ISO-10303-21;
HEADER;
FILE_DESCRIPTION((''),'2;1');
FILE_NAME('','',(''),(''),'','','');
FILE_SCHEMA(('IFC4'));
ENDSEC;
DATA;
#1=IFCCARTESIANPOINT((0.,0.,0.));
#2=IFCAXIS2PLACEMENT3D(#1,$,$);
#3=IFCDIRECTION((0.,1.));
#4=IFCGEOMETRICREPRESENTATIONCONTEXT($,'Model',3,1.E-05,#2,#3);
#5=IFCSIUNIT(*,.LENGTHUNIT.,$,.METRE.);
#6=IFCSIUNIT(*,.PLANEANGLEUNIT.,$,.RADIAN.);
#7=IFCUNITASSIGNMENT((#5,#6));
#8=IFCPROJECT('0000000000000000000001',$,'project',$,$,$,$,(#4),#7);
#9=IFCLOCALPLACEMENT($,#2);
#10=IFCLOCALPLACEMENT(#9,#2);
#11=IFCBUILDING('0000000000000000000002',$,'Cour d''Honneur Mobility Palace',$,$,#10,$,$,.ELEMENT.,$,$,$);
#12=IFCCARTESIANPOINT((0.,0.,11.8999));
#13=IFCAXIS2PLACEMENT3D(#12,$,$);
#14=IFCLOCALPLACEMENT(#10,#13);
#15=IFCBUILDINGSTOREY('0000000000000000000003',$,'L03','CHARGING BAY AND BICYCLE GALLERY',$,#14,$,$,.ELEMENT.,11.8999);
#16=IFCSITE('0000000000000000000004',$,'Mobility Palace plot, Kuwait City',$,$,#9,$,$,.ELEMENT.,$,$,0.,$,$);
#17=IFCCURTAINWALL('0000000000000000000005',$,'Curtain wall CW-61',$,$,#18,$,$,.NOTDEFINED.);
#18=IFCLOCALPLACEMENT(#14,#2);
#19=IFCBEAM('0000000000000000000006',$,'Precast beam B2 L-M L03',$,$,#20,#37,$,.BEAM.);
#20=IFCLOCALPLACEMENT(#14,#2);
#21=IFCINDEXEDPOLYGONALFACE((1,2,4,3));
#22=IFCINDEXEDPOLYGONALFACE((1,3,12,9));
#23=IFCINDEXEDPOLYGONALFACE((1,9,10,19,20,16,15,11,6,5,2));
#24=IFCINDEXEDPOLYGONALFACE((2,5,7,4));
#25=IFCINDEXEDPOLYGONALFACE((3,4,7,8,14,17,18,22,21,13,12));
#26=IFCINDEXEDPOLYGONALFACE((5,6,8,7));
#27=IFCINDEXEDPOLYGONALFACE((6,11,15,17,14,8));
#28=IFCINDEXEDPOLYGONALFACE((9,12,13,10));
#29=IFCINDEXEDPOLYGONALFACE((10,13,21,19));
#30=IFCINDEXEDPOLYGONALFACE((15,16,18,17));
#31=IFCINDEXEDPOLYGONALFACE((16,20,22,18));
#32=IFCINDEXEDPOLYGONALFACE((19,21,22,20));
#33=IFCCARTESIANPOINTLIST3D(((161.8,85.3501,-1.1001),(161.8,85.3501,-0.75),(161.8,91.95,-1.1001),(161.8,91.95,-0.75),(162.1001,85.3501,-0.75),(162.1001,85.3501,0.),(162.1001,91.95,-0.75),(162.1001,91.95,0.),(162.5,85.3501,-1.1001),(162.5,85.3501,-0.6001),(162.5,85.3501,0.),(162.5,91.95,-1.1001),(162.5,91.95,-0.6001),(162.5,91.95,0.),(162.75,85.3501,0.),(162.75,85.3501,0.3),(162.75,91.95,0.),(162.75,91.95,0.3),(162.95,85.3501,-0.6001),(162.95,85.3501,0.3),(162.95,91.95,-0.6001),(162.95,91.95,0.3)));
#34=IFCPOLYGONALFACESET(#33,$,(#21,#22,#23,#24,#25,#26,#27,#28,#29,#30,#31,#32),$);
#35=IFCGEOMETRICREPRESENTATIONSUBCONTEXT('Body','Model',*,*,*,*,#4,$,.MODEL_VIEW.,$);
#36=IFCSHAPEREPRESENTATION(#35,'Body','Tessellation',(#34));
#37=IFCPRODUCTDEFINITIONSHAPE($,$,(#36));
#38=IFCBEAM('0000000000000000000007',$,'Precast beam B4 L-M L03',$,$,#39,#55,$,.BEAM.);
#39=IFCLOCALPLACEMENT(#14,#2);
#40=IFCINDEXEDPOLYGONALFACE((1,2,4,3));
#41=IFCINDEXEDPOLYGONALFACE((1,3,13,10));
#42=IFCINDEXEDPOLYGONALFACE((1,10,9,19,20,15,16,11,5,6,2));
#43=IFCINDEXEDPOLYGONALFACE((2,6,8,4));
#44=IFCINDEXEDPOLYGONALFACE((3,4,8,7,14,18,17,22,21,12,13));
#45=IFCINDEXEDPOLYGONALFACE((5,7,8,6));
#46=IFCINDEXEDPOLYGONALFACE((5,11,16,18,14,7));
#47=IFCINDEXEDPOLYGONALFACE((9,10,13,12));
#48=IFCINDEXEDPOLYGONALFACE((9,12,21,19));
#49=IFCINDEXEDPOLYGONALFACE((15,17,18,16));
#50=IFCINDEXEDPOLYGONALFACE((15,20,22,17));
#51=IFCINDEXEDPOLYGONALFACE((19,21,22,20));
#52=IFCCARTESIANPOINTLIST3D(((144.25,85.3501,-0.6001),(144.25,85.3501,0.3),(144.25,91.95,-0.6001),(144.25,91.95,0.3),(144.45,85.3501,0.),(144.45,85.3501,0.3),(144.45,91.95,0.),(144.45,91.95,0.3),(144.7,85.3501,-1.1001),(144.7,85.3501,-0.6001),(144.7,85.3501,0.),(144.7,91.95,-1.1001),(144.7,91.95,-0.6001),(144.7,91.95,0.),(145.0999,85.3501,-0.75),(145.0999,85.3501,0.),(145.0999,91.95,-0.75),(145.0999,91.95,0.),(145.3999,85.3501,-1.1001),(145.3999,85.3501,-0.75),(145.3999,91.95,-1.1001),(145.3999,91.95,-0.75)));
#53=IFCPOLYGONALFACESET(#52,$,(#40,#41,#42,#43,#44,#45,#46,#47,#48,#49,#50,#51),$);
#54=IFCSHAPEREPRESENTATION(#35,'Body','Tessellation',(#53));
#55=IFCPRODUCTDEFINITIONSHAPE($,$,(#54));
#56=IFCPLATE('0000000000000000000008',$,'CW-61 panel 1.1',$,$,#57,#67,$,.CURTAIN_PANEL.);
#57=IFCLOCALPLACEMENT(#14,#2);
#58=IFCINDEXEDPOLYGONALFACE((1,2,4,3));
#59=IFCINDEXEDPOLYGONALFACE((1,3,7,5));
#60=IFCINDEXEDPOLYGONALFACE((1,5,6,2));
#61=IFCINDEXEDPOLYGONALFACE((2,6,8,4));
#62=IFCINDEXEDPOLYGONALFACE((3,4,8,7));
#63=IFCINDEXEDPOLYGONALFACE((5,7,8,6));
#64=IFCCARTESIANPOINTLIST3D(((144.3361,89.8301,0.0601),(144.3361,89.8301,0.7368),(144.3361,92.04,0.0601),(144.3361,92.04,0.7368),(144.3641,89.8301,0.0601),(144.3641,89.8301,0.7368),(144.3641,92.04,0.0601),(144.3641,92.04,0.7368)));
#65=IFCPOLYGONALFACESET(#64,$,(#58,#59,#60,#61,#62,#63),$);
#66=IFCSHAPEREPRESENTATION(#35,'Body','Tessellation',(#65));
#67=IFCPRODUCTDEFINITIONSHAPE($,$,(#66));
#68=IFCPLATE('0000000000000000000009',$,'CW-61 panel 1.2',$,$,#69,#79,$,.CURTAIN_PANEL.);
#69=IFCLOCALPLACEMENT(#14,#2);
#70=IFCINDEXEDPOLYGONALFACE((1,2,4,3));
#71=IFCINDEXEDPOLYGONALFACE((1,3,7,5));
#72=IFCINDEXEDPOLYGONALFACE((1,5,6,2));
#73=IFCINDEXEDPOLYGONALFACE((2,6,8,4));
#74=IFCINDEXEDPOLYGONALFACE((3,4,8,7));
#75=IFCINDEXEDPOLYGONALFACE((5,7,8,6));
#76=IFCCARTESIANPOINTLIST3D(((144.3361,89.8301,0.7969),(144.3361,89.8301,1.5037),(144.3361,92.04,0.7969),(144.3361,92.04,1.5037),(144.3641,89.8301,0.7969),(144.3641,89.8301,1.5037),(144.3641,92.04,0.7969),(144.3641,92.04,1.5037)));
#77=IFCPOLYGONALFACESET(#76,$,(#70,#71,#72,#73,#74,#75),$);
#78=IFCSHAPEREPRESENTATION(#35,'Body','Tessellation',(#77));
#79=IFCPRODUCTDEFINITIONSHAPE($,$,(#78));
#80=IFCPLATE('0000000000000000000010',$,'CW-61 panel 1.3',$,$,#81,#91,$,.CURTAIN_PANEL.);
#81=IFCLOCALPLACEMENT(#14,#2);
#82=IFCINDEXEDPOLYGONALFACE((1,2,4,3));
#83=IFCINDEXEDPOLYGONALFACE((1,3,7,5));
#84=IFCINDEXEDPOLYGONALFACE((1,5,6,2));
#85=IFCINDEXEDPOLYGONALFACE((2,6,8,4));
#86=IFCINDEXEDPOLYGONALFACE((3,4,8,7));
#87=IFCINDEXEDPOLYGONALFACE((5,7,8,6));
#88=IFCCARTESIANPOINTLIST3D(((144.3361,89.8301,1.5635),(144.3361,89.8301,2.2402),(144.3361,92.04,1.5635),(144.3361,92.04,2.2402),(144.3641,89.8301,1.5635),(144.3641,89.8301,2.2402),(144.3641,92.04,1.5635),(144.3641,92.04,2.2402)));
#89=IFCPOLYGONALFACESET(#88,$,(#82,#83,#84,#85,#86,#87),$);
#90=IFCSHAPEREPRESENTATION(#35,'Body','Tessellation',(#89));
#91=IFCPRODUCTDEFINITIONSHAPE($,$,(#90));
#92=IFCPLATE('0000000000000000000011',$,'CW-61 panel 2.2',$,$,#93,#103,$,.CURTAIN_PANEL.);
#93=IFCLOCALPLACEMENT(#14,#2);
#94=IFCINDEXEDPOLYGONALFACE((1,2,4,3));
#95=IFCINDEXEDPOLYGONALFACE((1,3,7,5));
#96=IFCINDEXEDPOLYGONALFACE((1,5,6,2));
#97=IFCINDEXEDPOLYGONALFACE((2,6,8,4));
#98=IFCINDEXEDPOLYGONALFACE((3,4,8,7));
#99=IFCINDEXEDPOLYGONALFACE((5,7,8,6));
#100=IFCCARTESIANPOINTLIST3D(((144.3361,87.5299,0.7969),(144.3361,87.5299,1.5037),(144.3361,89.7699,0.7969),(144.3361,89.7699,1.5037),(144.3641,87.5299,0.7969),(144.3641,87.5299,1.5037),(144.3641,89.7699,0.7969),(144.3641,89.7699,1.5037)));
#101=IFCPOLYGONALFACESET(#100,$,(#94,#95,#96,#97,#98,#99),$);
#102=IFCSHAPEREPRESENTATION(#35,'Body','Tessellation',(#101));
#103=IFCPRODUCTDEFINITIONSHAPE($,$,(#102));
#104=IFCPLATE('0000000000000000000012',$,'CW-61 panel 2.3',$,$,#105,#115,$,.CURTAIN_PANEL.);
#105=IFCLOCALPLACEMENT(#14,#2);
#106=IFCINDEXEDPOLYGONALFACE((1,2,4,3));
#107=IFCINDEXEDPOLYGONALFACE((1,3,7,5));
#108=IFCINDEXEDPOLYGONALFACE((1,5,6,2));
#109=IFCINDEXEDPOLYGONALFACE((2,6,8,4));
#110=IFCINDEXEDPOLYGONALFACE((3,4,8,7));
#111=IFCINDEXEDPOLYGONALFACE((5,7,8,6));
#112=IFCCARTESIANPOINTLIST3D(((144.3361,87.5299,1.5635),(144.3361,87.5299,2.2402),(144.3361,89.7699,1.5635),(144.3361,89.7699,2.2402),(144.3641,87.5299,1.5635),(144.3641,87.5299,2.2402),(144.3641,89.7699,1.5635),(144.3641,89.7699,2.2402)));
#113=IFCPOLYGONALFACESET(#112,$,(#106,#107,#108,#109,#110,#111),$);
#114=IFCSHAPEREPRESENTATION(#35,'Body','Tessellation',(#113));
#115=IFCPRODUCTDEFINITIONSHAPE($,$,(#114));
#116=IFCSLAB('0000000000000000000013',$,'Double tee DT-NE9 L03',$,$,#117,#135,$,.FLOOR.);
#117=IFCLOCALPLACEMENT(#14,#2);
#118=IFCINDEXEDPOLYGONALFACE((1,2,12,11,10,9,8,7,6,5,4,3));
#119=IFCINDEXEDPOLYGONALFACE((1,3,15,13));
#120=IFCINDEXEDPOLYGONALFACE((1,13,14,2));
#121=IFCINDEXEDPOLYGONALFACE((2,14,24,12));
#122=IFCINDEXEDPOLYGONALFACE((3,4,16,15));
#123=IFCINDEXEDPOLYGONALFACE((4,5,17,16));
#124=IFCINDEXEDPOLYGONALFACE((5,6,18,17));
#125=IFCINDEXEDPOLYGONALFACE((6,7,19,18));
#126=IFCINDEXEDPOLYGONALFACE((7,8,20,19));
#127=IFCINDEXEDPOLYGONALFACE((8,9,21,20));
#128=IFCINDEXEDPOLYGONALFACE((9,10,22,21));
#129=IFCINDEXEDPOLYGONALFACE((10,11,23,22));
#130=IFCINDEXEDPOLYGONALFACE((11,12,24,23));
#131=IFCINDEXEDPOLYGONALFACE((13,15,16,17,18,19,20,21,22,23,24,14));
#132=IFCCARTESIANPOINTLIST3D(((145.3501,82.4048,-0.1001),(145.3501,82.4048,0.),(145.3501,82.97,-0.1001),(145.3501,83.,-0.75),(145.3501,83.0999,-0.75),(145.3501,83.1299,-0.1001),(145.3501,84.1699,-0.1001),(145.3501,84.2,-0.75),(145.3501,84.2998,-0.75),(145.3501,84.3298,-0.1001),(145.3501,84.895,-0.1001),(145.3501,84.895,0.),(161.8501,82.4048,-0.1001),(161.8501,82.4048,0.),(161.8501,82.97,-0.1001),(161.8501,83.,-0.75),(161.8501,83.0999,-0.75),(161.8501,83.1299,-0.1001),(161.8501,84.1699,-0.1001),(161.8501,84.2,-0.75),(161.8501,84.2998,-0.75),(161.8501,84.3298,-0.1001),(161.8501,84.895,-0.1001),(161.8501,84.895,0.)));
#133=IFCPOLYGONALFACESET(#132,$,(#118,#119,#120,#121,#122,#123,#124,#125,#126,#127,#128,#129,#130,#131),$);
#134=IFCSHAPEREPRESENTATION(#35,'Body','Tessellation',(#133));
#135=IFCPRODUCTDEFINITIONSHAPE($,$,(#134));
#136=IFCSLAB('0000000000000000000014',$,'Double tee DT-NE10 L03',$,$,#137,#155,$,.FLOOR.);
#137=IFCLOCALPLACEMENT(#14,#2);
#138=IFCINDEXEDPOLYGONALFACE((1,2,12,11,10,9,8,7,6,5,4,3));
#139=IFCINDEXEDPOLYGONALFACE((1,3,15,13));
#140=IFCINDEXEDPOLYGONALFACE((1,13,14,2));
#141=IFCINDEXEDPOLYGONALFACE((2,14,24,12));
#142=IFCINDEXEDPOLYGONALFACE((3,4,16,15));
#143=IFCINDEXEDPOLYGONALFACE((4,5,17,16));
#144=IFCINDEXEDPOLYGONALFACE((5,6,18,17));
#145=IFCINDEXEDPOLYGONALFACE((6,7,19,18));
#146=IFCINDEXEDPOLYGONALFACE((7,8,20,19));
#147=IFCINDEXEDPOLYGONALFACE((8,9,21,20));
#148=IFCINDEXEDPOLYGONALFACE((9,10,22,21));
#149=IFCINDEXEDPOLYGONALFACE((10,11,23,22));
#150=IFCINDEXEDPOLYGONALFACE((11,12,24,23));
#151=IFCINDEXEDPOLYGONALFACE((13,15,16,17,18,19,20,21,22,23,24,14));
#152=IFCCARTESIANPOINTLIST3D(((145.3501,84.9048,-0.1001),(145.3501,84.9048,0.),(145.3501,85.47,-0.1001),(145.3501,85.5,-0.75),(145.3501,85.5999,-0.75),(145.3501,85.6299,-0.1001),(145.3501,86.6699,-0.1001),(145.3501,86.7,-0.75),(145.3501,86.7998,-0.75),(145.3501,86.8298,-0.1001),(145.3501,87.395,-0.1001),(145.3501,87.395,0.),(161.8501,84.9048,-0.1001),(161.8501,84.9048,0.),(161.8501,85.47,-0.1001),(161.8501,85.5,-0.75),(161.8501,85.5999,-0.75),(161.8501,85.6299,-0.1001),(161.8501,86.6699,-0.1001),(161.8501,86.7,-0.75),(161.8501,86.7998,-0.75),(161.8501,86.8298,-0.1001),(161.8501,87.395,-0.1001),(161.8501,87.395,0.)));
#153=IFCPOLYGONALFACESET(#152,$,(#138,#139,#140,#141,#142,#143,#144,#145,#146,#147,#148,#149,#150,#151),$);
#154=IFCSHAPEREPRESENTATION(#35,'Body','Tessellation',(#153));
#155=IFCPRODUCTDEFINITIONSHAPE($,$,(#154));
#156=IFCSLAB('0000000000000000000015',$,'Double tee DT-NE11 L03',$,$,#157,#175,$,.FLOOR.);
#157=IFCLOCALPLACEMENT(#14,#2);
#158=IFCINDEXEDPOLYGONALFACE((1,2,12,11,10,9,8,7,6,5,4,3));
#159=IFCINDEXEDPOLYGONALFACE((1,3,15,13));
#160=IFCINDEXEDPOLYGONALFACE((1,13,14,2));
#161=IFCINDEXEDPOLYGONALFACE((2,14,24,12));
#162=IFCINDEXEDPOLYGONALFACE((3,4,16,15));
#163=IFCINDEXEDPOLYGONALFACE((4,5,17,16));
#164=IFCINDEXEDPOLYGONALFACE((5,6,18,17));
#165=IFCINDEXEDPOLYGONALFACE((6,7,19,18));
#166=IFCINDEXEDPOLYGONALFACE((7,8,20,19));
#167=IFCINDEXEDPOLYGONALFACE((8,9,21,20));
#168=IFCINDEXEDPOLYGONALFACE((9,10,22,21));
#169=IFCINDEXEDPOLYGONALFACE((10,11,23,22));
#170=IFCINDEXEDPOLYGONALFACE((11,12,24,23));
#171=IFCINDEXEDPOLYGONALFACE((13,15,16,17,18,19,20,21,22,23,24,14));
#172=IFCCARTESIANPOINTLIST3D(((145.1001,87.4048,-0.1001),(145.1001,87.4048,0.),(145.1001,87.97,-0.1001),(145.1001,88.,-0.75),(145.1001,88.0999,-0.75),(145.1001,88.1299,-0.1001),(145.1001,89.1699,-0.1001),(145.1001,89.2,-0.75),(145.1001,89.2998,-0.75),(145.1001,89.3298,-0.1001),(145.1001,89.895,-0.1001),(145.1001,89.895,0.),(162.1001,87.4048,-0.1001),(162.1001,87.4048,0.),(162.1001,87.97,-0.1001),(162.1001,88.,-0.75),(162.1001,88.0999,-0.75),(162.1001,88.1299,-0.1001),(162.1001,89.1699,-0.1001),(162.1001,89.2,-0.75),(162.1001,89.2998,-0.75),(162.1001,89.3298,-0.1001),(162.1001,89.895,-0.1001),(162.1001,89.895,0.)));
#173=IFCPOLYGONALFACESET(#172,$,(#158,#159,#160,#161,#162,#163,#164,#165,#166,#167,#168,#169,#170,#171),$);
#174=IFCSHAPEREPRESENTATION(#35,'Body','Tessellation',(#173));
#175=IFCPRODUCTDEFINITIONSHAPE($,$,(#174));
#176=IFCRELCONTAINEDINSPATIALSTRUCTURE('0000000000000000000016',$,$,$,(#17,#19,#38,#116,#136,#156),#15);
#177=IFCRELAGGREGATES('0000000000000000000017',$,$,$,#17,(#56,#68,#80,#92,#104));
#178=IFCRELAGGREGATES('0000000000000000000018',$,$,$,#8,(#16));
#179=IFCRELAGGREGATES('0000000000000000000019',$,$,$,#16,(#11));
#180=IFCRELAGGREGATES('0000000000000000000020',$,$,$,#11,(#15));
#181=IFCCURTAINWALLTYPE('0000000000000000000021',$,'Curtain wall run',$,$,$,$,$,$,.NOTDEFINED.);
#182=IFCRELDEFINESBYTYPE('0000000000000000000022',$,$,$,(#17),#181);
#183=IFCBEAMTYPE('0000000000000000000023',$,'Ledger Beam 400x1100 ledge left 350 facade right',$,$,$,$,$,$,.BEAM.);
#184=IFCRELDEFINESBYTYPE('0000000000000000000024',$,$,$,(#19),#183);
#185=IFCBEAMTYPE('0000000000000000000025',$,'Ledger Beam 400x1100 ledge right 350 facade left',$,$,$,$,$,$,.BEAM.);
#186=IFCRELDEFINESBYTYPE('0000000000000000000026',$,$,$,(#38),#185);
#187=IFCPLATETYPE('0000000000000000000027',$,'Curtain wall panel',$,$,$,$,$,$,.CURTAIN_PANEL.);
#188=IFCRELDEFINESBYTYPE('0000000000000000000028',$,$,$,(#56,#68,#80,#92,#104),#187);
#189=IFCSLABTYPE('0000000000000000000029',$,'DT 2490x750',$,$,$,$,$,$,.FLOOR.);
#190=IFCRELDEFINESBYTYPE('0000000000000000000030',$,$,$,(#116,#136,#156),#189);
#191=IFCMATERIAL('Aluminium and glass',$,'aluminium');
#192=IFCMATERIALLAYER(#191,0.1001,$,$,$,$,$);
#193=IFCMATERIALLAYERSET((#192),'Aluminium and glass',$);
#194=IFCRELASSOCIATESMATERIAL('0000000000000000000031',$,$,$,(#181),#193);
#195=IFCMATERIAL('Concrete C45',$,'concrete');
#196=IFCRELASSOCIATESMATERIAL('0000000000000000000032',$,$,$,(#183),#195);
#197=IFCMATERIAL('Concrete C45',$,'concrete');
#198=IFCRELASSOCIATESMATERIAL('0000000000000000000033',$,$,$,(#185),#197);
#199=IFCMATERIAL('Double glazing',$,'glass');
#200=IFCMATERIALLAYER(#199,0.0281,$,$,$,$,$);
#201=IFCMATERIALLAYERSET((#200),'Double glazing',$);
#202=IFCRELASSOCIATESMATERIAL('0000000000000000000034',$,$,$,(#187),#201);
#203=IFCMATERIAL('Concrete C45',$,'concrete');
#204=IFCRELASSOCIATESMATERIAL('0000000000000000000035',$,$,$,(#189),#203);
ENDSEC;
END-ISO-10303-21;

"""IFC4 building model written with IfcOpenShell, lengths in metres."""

from ifc_helpers import new_model, si_unit, direction, frame, origin, origin_2d, place, context, subcontext, project, spatial, polyline, rectangle, outline, extrude, material, layer, layer_set, material_profile, profile_set, type_object, element, aggregate, save


model = new_model("IFC4")

# Units and contexts
model_context = context("Model", 3, precision=1e-05, world=origin(), true_north=direction((0.0, 1.0)))
body_context = subcontext(model_context, "Body", "Model", "MODEL_VIEW")
ifc_project = project(units=[si_unit("LENGTHUNIT", "METRE"), si_unit("PLANEANGLEUNIT", "RADIAN")], contexts=[model_context])

# Site, building, storey
site_placement = place(None, origin())
site = spatial("IfcSite", under=ifc_project, at=site_placement, Name="Mobility Palace plot, Kuwait City", CompositionType="ELEMENT", RefElevation=0.0)
building_placement = place(site_placement, origin())
building = spatial("IfcBuilding", under=site, at=building_placement, Name="Cour d'Honneur Mobility Palace", CompositionType="ELEMENT")
storey_placement = place(building_placement, frame((0.0, 0.0, 11.8999)))
storey = spatial("IfcBuildingStorey", under=building, at=storey_placement, Name="L03", Description="CHARGING BAY AND BICYCLE GALLERY", CompositionType="ELEMENT", Elevation=11.8999)

# Curtain wall
ifc_material_1 = material(Name="Aluminium and glass", Category="aluminium")
ifc_layer_1 = layer(ifc_material_1, 0.1001)
ifc_layer_set_1 = layer_set([ifc_layer_1], Name="Aluminium and glass")
curtain_wall_type = type_object("IfcCurtainWallType", Name="Curtain wall run", PredefinedType="NOTDEFINED", material=ifc_layer_set_1)
curtain_wall_placement = place(storey_placement, origin())
curtain_wall = element("IfcCurtainWall", 1, at=curtain_wall_placement, inside=storey, type_object=curtain_wall_type, Name="Curtain wall CW-61", PredefinedType="NOTDEFINED")

# Beams
ifc_material_2 = material(Name="Concrete C45", Category="concrete")
ifc_material_profile_1 = material_profile(ifc_material_2, outline(polyline([(0.5, -1.1001), (0.5, -0.75), (0.2, -0.75), (0.2, 0.0), (-0.2, 0.0), (-0.45, 0.0), (-0.45, 0.3), (-0.6499, 0.3), (-0.6499, -0.6001), (-0.2, -0.6001), (-0.2, -1.1001), (0.5, -1.1001)])), Name="Ledger Beam 400x1100 ledge left 350 facade right")
ifc_profile_set_1 = profile_set([ifc_material_profile_1], Name="Concrete C45")
beam_type_1 = type_object("IfcBeamType", Name="Ledger Beam 400x1100 ledge left 350 facade right", PredefinedType="BEAM", material=ifc_profile_set_1)
beam_1_placement = place(storey_placement, frame((162.3, 85.3501, 0.0), z_axis=(0.0, 1.0, 0.0), x_axis=(-1.0, 0.0, 0.0)))
element("IfcBeam", 2, at=beam_1_placement, inside=storey, type_object=beam_type_1, Name="Precast beam B2 L-M L03", PredefinedType="BEAM", context=body_context, shape_type="SweptSolid", body=[
    extrude(outline(polyline([(0.5, -1.1001), (0.5, -0.75), (0.2, -0.75), (0.2, 0.0), (-0.2, 0.0), (-0.45, 0.0), (-0.45, 0.3), (-0.6499, 0.3), (-0.6499, -0.6001), (-0.2, -0.6001), (-0.2, -1.1001), (0.5, -1.1001)])), origin(), (0.0, 0.0, 1.0), 6.5999),
])
ifc_material_3 = material(Name="Concrete C45", Category="concrete")
ifc_material_profile_2 = material_profile(ifc_material_3, outline(polyline([(0.2, -1.1001), (0.2, -0.6001), (0.6499, -0.6001), (0.6499, 0.3), (0.45, 0.3), (0.45, 0.0), (0.2, 0.0), (-0.2, 0.0), (-0.2, -0.75), (-0.5, -0.75), (-0.5, -1.1001), (0.2, -1.1001)])), Name="Ledger Beam 400x1100 ledge right 350 facade left")
ifc_profile_set_2 = profile_set([ifc_material_profile_2], Name="Concrete C45")
beam_type_2 = type_object("IfcBeamType", Name="Ledger Beam 400x1100 ledge right 350 facade left", PredefinedType="BEAM", material=ifc_profile_set_2)
beam_2_placement = place(storey_placement, frame((144.8999, 85.3501, 0.0), z_axis=(0.0, 1.0, 0.0), x_axis=(-1.0, 0.0, 0.0)))
element("IfcBeam", 3, at=beam_2_placement, inside=storey, type_object=beam_type_2, Name="Precast beam B4 L-M L03", PredefinedType="BEAM", context=body_context, shape_type="SweptSolid", body=[
    extrude(outline(polyline([(0.2, -1.1001), (0.2, -0.6001), (0.6499, -0.6001), (0.6499, 0.3), (0.45, 0.3), (0.45, 0.0), (0.2, 0.0), (-0.2, 0.0), (-0.2, -0.75), (-0.5, -0.75), (-0.5, -1.1001), (0.2, -1.1001)])), origin(), (0.0, 0.0, 1.0), 6.5999),
])

# Plates
ifc_material_4 = material(Name="Double glazing", Category="glass")
ifc_layer_2 = layer(ifc_material_4, 0.0281)
ifc_layer_set_2 = layer_set([ifc_layer_2], Name="Double glazing")
plate_type = type_object("IfcPlateType", Name="Curtain wall panel", PredefinedType="CURTAIN_PANEL", material=ifc_layer_set_2)
plate_1_placement = place(storey_placement, frame((144.3501, 90.9351, 0.0601), z_axis=(0.0, 0.0, 1.0), x_axis=(0.0, -1.0, 0.0)))
plate_1 = element("IfcPlate", 4, at=plate_1_placement, type_object=plate_type, Name="CW-61 panel 1.1", PredefinedType="CURTAIN_PANEL", context=body_context, shape_type="SweptSolid", body=[
    extrude(rectangle(XDim=2.21, YDim=0.0281, at=origin_2d()), origin(), (0.0, 0.0, 1.0), 0.6768),
])
plate_2_placement = place(storey_placement, frame((144.3501, 90.9351, 0.7969), z_axis=(0.0, 0.0, 1.0), x_axis=(0.0, -1.0, 0.0)))
plate_2 = element("IfcPlate", 5, at=plate_2_placement, type_object=plate_type, Name="CW-61 panel 1.2", PredefinedType="CURTAIN_PANEL", context=body_context, shape_type="SweptSolid", body=[
    extrude(rectangle(XDim=2.21, YDim=0.0281, at=origin_2d()), origin(), (0.0, 0.0, 1.0), 0.7068),
])
plate_3_placement = place(storey_placement, frame((144.3501, 90.9351, 1.5635), z_axis=(0.0, 0.0, 1.0), x_axis=(0.0, -1.0, 0.0)))
plate_3 = element("IfcPlate", 6, at=plate_3_placement, type_object=plate_type, Name="CW-61 panel 1.3", PredefinedType="CURTAIN_PANEL", context=body_context, shape_type="SweptSolid", body=[
    extrude(rectangle(XDim=2.21, YDim=0.0281, at=origin_2d()), origin(), (0.0, 0.0, 1.0), 0.6768),
])
plate_4_placement = place(storey_placement, frame((144.3501, 88.6499, 0.7969), z_axis=(0.0, 0.0, 1.0), x_axis=(0.0, -1.0, 0.0)))
plate_4 = element("IfcPlate", 7, at=plate_4_placement, type_object=plate_type, Name="CW-61 panel 2.2", PredefinedType="CURTAIN_PANEL", context=body_context, shape_type="SweptSolid", body=[
    extrude(rectangle(XDim=2.24, YDim=0.0281, at=origin_2d()), origin(), (0.0, 0.0, 1.0), 0.7068),
])
plate_5_placement = place(storey_placement, frame((144.3501, 88.6499, 1.5635), z_axis=(0.0, 0.0, 1.0), x_axis=(0.0, -1.0, 0.0)))
plate_5 = element("IfcPlate", 8, at=plate_5_placement, type_object=plate_type, Name="CW-61 panel 2.3", PredefinedType="CURTAIN_PANEL", context=body_context, shape_type="SweptSolid", body=[
    extrude(rectangle(XDim=2.24, YDim=0.0281, at=origin_2d()), origin(), (0.0, 0.0, 1.0), 0.6768),
])
aggregate(curtain_wall, [plate_1, plate_2, plate_3, plate_4, plate_5])

# Slabs
ifc_material_5 = material(Name="Concrete C45", Category="concrete")
ifc_material_profile_3 = material_profile(ifc_material_5, outline(polyline([(-1.2451, 0.0), (1.2451, 0.0), (1.2451, -0.1001), (0.6799, -0.1001), (0.6499, -0.75), (0.55, -0.75), (0.52, -0.1001), (-0.52, -0.1001), (-0.55, -0.75), (-0.6499, -0.75), (-0.6799, -0.1001), (-1.2451, -0.1001), (-1.2451, 0.0)])), Name="DT 2490x750")
ifc_profile_set_3 = profile_set([ifc_material_profile_3], Name="Concrete C45")
slab_type = type_object("IfcSlabType", Name="DT 2490x750", PredefinedType="FLOOR", material=ifc_profile_set_3)
for number, where, z_axis, x_axis, name in (
    (9, (145.3501, 83.6499, 0.0), (1.0, 0.0, 0.0), (0.0, 1.0, 0.0), "Double tee DT-NE9 L03"),
    (10, (145.3501, 86.1499, 0.0), (1.0, 0.0, 0.0), (0.0, 1.0, 0.0), "Double tee DT-NE10 L03"),
):
    element("IfcSlab", number, at=place(storey_placement, frame(where, z_axis=z_axis, x_axis=x_axis)), inside=storey, type_object=slab_type, Name=name, PredefinedType="FLOOR", context=body_context, shape_type="SweptSolid", body=[
        extrude(outline(polyline([(-1.2451, 0.0), (1.2451, 0.0), (1.2451, -0.1001), (0.6799, -0.1001), (0.6499, -0.75), (0.55, -0.75), (0.52, -0.1001), (-0.52, -0.1001), (-0.55, -0.75), (-0.6499, -0.75), (-0.6799, -0.1001), (-1.2451, -0.1001), (-1.2451, 0.0)])), origin(), (0.0, 0.0, 1.0), 16.5),
    ])
slab_1_placement = place(storey_placement, frame((145.1001, 88.6499, 0.0), z_axis=(1.0, 0.0, 0.0), x_axis=(0.0, 1.0, 0.0)))
element("IfcSlab", 11, at=slab_1_placement, inside=storey, type_object=slab_type, Name="Double tee DT-NE11 L03", PredefinedType="FLOOR", context=body_context, shape_type="SweptSolid", body=[
    extrude(outline(polyline([(-1.2451, 0.0), (1.2451, 0.0), (1.2451, -0.1001), (0.6799, -0.1001), (0.6499, -0.75), (0.55, -0.75), (0.52, -0.1001), (-0.52, -0.1001), (-0.55, -0.75), (-0.6499, -0.75), (-0.6799, -0.1001), (-1.2451, -0.1001), (-1.2451, 0.0)])), origin(), (0.0, 0.0, 1.0), 17.0),
])

save(model, "model.ifc")
